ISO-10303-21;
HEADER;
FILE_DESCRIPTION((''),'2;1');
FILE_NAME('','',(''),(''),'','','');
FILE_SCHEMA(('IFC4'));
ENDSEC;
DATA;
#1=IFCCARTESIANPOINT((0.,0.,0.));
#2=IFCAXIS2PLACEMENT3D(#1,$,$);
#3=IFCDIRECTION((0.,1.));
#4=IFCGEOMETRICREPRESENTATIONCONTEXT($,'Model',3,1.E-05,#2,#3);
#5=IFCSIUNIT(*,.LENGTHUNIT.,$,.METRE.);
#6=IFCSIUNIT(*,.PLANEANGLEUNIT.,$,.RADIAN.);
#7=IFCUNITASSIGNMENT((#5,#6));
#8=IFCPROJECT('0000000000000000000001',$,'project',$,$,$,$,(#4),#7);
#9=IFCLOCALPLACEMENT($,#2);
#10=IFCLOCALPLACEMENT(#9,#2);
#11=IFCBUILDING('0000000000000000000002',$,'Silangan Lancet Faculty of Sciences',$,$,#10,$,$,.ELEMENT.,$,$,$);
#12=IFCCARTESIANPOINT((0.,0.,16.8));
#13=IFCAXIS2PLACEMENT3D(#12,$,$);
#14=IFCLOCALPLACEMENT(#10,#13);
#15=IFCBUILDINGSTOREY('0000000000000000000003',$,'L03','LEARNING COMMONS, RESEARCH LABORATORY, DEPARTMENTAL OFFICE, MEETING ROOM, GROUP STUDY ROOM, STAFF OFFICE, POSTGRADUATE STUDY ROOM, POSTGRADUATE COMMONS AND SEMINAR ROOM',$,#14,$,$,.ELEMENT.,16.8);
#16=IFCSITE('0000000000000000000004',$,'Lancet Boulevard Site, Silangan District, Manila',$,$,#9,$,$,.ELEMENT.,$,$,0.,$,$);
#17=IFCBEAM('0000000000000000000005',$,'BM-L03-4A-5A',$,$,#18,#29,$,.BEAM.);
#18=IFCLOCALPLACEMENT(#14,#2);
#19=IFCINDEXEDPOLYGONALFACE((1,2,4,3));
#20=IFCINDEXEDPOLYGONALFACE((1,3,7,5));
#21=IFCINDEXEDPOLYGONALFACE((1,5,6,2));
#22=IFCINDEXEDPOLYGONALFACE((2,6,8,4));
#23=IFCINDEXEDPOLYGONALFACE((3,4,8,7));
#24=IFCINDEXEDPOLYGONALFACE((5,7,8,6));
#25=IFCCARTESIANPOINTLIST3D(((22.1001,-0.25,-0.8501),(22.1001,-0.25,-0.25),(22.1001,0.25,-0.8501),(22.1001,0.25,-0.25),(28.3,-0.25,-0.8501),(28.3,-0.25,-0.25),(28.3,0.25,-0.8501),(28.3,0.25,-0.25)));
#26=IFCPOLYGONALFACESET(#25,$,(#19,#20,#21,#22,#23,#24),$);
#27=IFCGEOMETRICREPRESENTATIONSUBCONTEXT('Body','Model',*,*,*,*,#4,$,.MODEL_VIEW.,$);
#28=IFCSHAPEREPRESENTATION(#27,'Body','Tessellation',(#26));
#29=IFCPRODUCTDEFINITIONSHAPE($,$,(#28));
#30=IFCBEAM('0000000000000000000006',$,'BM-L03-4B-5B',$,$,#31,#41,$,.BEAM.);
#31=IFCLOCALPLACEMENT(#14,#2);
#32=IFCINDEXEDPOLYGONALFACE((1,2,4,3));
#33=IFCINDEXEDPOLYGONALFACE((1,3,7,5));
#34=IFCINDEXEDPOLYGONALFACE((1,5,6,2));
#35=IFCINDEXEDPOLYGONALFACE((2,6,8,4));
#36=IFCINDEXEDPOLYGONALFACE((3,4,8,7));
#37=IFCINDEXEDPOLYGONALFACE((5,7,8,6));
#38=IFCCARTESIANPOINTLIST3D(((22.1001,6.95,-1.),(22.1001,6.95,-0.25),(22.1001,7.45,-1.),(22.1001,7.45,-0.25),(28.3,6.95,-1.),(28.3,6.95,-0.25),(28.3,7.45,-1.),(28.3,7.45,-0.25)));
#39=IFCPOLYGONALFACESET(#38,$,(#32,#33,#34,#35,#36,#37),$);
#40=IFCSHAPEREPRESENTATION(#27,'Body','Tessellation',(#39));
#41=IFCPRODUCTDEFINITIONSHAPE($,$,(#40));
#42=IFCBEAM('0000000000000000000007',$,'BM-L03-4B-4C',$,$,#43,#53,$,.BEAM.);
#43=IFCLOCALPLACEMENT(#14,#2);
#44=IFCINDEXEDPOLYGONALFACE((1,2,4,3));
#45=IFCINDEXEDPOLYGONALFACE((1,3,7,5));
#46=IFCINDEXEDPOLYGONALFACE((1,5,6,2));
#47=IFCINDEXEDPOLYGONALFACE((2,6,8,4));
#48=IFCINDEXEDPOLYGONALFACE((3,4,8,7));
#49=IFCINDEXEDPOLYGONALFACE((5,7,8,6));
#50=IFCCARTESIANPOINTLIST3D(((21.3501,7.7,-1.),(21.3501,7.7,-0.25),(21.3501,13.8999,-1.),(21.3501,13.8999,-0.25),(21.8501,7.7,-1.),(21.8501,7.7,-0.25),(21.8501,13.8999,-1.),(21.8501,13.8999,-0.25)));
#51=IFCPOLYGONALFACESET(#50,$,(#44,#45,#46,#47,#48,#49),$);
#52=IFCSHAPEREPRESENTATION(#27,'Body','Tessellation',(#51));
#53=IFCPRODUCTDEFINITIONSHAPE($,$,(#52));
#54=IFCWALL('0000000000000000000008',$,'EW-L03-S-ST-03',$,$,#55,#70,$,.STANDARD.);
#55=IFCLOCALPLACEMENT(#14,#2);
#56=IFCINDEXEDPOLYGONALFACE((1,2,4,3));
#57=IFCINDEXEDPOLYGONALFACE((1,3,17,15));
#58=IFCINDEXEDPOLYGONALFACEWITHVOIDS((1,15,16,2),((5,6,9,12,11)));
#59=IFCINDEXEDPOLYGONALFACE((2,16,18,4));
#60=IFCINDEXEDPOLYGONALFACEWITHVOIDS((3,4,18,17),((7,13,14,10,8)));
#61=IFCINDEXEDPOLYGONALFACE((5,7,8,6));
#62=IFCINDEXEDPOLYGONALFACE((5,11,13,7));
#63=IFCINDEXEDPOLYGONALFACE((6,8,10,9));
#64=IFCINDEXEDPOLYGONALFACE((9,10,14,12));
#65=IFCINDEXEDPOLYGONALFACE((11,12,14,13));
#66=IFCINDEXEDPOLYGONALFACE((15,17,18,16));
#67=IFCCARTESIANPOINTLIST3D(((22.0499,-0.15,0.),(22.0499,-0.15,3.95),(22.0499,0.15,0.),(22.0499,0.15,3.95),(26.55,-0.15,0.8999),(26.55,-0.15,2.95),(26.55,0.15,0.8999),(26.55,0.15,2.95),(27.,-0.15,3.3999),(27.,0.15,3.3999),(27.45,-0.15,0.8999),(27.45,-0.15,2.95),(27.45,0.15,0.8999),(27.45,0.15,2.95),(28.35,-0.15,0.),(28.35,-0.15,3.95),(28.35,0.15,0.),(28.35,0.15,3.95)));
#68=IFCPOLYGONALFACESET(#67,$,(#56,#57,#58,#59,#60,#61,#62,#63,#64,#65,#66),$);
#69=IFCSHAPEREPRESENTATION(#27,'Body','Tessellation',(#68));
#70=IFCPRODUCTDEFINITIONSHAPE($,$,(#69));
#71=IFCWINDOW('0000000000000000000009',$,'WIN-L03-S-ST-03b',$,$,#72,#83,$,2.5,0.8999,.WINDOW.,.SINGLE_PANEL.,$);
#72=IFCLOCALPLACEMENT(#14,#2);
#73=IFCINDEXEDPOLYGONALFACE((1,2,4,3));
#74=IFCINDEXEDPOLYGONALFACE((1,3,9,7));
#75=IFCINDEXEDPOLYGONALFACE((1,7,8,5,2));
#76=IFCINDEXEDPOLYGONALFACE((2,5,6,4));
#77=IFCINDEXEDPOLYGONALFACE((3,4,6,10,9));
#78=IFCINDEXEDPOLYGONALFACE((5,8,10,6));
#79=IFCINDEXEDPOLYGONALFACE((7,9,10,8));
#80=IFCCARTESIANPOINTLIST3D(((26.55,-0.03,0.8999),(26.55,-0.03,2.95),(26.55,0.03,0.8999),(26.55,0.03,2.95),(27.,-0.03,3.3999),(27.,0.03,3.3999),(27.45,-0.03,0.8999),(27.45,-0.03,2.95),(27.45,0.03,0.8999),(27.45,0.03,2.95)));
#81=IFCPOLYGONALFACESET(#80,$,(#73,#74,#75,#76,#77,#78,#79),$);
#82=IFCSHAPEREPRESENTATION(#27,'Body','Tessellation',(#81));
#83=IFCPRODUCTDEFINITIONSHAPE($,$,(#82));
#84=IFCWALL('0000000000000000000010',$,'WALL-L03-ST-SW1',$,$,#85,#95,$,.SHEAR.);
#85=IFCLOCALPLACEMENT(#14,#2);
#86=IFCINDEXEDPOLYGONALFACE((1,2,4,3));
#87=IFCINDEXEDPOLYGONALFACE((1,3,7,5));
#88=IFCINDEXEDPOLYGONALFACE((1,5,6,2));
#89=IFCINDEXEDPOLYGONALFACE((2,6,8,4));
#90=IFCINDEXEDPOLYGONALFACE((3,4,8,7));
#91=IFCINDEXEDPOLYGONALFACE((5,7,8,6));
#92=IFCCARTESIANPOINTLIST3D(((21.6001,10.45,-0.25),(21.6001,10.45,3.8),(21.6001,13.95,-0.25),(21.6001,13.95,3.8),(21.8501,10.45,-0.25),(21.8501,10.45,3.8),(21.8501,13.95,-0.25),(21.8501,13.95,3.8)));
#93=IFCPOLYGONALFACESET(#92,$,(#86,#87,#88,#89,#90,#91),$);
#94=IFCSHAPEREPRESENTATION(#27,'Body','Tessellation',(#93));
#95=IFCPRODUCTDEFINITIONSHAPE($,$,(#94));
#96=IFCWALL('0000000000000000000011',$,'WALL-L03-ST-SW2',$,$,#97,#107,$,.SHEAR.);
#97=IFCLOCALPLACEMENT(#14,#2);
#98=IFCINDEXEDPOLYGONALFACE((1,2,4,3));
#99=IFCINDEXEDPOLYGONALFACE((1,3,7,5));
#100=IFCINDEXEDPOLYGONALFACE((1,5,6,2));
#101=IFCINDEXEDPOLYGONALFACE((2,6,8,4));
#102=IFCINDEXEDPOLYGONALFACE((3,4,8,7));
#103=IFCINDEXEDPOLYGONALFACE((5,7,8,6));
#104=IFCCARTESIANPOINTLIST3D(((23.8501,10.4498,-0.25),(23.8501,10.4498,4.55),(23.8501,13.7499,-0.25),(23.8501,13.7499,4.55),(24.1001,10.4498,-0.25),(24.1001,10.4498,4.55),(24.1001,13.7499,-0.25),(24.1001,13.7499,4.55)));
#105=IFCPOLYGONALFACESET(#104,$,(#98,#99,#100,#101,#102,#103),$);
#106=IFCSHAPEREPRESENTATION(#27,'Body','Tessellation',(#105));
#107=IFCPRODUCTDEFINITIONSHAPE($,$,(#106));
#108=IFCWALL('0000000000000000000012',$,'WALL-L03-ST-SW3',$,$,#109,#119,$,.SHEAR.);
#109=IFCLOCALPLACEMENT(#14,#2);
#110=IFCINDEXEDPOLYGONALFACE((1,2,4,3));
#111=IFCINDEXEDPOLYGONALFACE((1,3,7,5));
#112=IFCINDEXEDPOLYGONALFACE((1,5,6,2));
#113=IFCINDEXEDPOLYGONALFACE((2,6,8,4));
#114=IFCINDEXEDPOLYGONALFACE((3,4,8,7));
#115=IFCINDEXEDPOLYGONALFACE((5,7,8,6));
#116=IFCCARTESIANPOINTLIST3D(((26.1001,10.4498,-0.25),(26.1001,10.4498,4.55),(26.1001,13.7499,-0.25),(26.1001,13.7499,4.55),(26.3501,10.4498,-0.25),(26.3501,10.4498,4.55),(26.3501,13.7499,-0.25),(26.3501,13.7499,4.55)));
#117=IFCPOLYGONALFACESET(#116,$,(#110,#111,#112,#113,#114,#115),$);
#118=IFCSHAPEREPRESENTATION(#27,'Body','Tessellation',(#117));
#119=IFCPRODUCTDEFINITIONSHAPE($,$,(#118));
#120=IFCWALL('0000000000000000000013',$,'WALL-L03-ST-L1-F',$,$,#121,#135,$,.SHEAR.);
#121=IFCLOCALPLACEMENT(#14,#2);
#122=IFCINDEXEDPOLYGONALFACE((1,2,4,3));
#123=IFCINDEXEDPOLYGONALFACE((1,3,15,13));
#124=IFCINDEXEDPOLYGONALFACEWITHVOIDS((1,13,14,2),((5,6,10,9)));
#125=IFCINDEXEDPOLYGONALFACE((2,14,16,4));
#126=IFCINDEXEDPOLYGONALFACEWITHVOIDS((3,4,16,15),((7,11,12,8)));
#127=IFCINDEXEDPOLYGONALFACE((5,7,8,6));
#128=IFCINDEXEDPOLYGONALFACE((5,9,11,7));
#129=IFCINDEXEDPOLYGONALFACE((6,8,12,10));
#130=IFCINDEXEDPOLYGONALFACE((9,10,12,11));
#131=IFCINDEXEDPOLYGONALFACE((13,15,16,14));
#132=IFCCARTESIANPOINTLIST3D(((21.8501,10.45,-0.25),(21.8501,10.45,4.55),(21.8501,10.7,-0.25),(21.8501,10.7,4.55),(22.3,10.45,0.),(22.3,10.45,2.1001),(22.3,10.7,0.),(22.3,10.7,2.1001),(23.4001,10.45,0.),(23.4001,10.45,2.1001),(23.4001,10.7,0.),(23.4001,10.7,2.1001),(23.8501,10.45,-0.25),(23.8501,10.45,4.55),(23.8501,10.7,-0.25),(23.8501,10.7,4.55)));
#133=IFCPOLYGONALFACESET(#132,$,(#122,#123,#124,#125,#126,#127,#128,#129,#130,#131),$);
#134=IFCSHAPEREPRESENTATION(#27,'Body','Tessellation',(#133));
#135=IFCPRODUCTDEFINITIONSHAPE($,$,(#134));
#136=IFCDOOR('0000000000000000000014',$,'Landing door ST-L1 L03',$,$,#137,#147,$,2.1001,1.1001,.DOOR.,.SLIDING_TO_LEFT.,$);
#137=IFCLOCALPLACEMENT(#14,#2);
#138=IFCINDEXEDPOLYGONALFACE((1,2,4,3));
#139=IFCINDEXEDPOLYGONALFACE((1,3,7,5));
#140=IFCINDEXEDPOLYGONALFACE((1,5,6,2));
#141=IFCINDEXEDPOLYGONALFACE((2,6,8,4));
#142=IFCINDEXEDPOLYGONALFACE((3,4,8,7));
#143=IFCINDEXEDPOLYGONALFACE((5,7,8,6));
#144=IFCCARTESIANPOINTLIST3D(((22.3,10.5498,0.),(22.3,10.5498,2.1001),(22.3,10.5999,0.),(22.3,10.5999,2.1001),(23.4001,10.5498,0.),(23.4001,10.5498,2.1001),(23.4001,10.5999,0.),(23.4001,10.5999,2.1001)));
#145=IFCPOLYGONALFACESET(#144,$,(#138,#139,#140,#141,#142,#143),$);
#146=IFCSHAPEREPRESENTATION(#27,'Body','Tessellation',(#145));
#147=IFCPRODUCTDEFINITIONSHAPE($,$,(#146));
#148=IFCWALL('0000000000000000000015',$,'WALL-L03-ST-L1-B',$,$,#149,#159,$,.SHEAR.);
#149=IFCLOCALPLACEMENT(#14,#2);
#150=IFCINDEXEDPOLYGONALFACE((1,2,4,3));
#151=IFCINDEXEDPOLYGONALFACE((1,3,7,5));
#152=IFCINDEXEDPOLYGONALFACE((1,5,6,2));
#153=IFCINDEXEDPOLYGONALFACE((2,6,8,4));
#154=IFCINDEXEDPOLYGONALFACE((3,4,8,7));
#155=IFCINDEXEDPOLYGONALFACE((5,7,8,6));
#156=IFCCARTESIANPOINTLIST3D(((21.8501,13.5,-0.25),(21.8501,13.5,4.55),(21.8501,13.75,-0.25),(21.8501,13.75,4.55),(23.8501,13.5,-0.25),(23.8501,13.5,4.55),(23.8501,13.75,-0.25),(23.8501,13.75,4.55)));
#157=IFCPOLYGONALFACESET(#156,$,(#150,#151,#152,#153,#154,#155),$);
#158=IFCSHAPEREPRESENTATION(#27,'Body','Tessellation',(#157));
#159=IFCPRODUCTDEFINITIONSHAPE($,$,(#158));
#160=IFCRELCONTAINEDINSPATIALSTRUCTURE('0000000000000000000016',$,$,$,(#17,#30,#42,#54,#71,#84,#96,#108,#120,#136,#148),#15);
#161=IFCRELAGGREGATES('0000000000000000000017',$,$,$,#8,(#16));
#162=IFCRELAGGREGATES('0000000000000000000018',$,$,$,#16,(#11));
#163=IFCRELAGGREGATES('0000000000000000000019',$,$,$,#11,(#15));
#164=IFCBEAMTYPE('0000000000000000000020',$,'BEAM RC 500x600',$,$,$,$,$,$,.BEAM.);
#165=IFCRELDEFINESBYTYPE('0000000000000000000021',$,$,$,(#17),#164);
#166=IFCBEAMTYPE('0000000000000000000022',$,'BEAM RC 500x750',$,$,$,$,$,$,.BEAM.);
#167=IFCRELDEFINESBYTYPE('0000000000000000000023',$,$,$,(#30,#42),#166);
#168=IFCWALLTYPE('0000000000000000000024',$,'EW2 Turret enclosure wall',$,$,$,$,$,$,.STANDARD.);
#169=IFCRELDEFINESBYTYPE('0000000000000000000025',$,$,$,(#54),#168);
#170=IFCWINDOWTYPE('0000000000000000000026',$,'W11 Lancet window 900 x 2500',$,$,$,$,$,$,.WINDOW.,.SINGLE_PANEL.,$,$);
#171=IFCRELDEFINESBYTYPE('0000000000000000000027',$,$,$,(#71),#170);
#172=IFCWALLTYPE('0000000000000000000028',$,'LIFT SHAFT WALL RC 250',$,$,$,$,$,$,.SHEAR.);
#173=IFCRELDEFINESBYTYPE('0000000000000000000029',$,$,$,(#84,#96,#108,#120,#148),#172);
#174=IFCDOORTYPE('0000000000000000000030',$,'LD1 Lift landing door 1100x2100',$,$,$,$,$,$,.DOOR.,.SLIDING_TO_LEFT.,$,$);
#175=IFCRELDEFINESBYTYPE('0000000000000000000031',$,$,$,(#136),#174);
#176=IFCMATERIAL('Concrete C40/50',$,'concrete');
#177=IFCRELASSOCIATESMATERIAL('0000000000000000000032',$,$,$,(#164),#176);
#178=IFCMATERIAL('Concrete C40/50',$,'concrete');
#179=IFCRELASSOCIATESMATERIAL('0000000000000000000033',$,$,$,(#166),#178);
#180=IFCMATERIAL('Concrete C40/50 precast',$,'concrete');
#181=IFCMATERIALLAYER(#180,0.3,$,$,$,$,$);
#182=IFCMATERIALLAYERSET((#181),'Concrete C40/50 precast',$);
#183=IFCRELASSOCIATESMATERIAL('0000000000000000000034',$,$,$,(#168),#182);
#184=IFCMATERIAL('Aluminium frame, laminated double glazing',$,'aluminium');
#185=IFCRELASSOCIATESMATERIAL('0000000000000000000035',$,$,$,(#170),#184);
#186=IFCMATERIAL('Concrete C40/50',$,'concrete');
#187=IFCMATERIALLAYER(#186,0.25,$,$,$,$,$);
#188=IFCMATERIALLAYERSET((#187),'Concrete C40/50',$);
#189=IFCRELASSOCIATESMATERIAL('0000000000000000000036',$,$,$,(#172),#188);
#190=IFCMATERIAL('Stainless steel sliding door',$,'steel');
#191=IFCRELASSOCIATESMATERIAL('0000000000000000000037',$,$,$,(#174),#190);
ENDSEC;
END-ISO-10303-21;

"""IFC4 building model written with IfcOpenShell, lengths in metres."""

from ifc_helpers import new_model, si_unit, direction, frame, frame_2d, origin, origin_2d, place, context, subcontext, project, spatial, polyline, rectangle, outline, extrude, material, layer, layer_set, material_profile, profile_set, type_object, element, fill, save


model = new_model("IFC4")

# Units and contexts
model_context = context("Model", 3, precision=1e-05, world=origin(), true_north=direction((0.0, 1.0)))
body_context = subcontext(model_context, "Body", "Model", "MODEL_VIEW")
ifc_project = project(units=[si_unit("LENGTHUNIT", "METRE"), si_unit("PLANEANGLEUNIT", "RADIAN")], contexts=[model_context])

# Site, building, storey
site_placement = place(None, origin())
site = spatial("IfcSite", under=ifc_project, at=site_placement, Name="Lancet Boulevard Site, Silangan District, Manila", CompositionType="ELEMENT", RefElevation=0.0)
building_placement = place(site_placement, origin())
building = spatial("IfcBuilding", under=site, at=building_placement, Name="Silangan Lancet Faculty of Sciences", CompositionType="ELEMENT")
storey_placement = place(building_placement, frame((0.0, 0.0, 16.8)))
storey = spatial("IfcBuildingStorey", under=building, at=storey_placement, Name="L03", Description="LEARNING COMMONS, RESEARCH LABORATORY, DEPARTMENTAL OFFICE, MEETING ROOM, GROUP STUDY ROOM, STAFF OFFICE, POSTGRADUATE STUDY ROOM, POSTGRADUATE COMMONS AND SEMINAR ROOM", CompositionType="ELEMENT", Elevation=16.8)

# Beams
ifc_material_1 = material(Name="Concrete C40/50", Category="concrete")
ifc_material_profile_1 = material_profile(ifc_material_1, rectangle(XDim=0.5, YDim=0.6001, at=origin_2d()), Name="RC 500x600")
ifc_profile_set_1 = profile_set([ifc_material_profile_1], Name="Concrete C40/50")
beam_type_1 = type_object("IfcBeamType", Name="BEAM RC 500x600", PredefinedType="BEAM", material=ifc_profile_set_1)
beam_placement = place(storey_placement, frame((22.1001, 0.0, -0.55), z_axis=(1.0, 0.0, 0.0), x_axis=(0.0, 1.0, 0.0)))
element("IfcBeam", 1, at=beam_placement, inside=storey, type_object=beam_type_1, Name="BM-L03-4A-5A", PredefinedType="BEAM", context=body_context, shape_type="SweptSolid", body=[
    extrude(rectangle(XDim=0.5, YDim=0.6001, at=origin_2d()), origin(), (0.0, 0.0, 1.0), 6.2),
])
ifc_material_2 = material(Name="Concrete C40/50", Category="concrete")
ifc_material_profile_2 = material_profile(ifc_material_2, rectangle(XDim=0.5, YDim=0.75, at=origin_2d()), Name="RC 500x750")
ifc_profile_set_2 = profile_set([ifc_material_profile_2], Name="Concrete C40/50")
beam_type_2 = type_object("IfcBeamType", Name="BEAM RC 500x750", PredefinedType="BEAM", material=ifc_profile_set_2)
for number, where, z_axis, x_axis, name in (
    (2, (22.1001, 7.2, -0.625), (1.0, 0.0, 0.0), (0.0, 1.0, 0.0), "BM-L03-4B-5B"),
    (3, (21.6001, 7.7, -0.625), (0.0, 1.0, 0.0), (-1.0, 0.0, 0.0), "BM-L03-4B-4C"),
):
    element("IfcBeam", number, at=place(storey_placement, frame(where, z_axis=z_axis, x_axis=x_axis)), inside=storey, type_object=beam_type_2, Name=name, PredefinedType="BEAM", context=body_context, shape_type="SweptSolid", body=[
        extrude(rectangle(XDim=0.5, YDim=0.75, at=origin_2d()), origin(), (0.0, 0.0, 1.0), 6.2),
    ])

# Wall, opening, window
ifc_material_3 = material(Name="Concrete C40/50 precast", Category="concrete")
ifc_layer_1 = layer(ifc_material_3, 0.3)
ifc_layer_set_1 = layer_set([ifc_layer_1], Name="Concrete C40/50 precast")
wall_type_1 = type_object("IfcWallType", Name="EW2 Turret enclosure wall", PredefinedType="STANDARD", material=ifc_layer_set_1)
wall_1_placement = place(storey_placement, frame((22.05, 0.0, 0.0), z_axis=(0.0, 0.0, 1.0), x_axis=(1.0, 0.0, 0.0)))
wall_1 = element("IfcWall", 4, at=wall_1_placement, inside=storey, type_object=wall_type_1, Name="EW-L03-S-ST-03", PredefinedType="STANDARD", context=body_context, shape_type="SweptSolid", body=[
    extrude(rectangle(XDim=6.3, YDim=0.3, at=frame_2d((3.1499, 0.0))), origin(), (0.0, 0.0, 1.0), 3.95),
])
opening_1_placement = place(wall_1_placement, frame((4.5, 0.0, 0.8999)))
opening_1 = element("IfcOpeningElement", 5, at=opening_1_placement, cuts=wall_1, PredefinedType="OPENING", context=body_context, shape_type="SweptSolid", body=[
    extrude(outline(polyline([(0.0, 0.0), (0.8999, 0.0), (0.8999, 2.05), (0.45, 2.5), (0.0, 2.05), (0.0, 0.0)])), frame((0.0, 0.1599, 0.0), z_axis=(0.0, -1.0, 0.0), x_axis=(1.0, 0.0, 0.0)), (0.0, 0.0, 1.0), 0.3201),
])
ifc_material_4 = material(Name="Aluminium frame, laminated double glazing", Category="aluminium")
window_type = type_object("IfcWindowType", Name="W11 Lancet window 900 x 2500", PartitioningType="SINGLE_PANEL", PredefinedType="WINDOW", material=ifc_material_4)
window_placement = place(opening_1_placement, origin())
window = element("IfcWindow", 6, at=window_placement, inside=storey, type_object=window_type, Name="WIN-L03-S-ST-03b", OverallHeight=2.5, OverallWidth=0.8999, PartitioningType="SINGLE_PANEL", PredefinedType="WINDOW", context=body_context, shape_type="SweptSolid", body=[
    extrude(outline(polyline([(0.0, 0.0), (0.8999, 0.0), (0.8999, 2.05), (0.45, 2.5), (0.0, 2.05), (0.0, 0.0)])), frame((0.0, 0.03, 0.0), z_axis=(0.0, -1.0, 0.0), x_axis=(1.0, 0.0, 0.0)), (0.0, 0.0, 1.0), 0.0601),
])
fill(opening_1, window)

# Walls
ifc_material_5 = material(Name="Concrete C40/50", Category="concrete")
ifc_layer_2 = layer(ifc_material_5, 0.25)
ifc_layer_set_2 = layer_set([ifc_layer_2], Name="Concrete C40/50")
wall_type_2 = type_object("IfcWallType", Name="LIFT SHAFT WALL RC 250", PredefinedType="SHEAR", material=ifc_layer_set_2)
wall_2_placement = place(storey_placement, frame((21.7251, 10.45, -0.25), z_axis=(0.0, 0.0, 1.0), x_axis=(0.0, 1.0, 0.0)))
element("IfcWall", 7, at=wall_2_placement, inside=storey, type_object=wall_type_2, Name="WALL-L03-ST-SW1", PredefinedType="SHEAR", context=body_context, shape_type="SweptSolid", body=[
    extrude(rectangle(XDim=3.5, YDim=0.25, at=frame_2d((1.75, 0.0))), origin(), (0.0, 0.0, 1.0), 4.05),
])
for number, where, z_axis, x_axis, name in (
    (8, (23.9751, 10.45, -0.25), (0.0, 0.0, 1.0), (0.0, 1.0, 0.0), "WALL-L03-ST-SW2"),
    (9, (26.2251, 10.45, -0.25), (0.0, 0.0, 1.0), (0.0, 1.0, 0.0), "WALL-L03-ST-SW3"),
):
    element("IfcWall", number, at=place(storey_placement, frame(where, z_axis=z_axis, x_axis=x_axis)), inside=storey, type_object=wall_type_2, Name=name, PredefinedType="SHEAR", context=body_context, shape_type="SweptSolid", body=[
        extrude(rectangle(XDim=3.3, YDim=0.25, at=frame_2d((1.6499, 0.0))), origin(), (0.0, 0.0, 1.0), 4.8),
    ])

# Wall, opening, door
wall_3_placement = place(storey_placement, frame((21.8501, 10.575, -0.25), z_axis=(0.0, 0.0, 1.0), x_axis=(1.0, 0.0, 0.0)))
wall_3 = element("IfcWall", 10, at=wall_3_placement, inside=storey, type_object=wall_type_2, Name="WALL-L03-ST-L1-F", PredefinedType="SHEAR", context=body_context, shape_type="SweptSolid", body=[
    extrude(rectangle(XDim=2.0, YDim=0.25, at=frame_2d((1.0, 0.0))), origin(), (0.0, 0.0, 1.0), 4.8),
])
opening_2_placement = place(wall_3_placement, frame((0.45, 0.0, 0.25)))
opening_2 = element("IfcOpeningElement", 11, at=opening_2_placement, cuts=wall_3, PredefinedType="OPENING", context=body_context, shape_type="SweptSolid", body=[
    extrude(rectangle(XDim=1.1001, YDim=2.1001, at=frame_2d((0.55, 1.05))), frame((0.0, 0.135, 0.0), z_axis=(0.0, -1.0, 0.0), x_axis=(1.0, 0.0, 0.0)), (0.0, 0.0, 1.0), 0.27),
])
ifc_material_6 = material(Name="Stainless steel sliding door", Category="steel")
door_type_1 = type_object("IfcDoorType", Name="LD1 Lift landing door 1100x2100", OperationType="SLIDING_TO_LEFT", PredefinedType="DOOR", material=ifc_material_6)
door_1_placement = place(opening_2_placement, origin())
door_1 = element("IfcDoor", 12, at=door_1_placement, inside=storey, type_object=door_type_1, Name="Landing door ST-L1 L03", OperationType="SLIDING_TO_LEFT", OverallHeight=2.1001, OverallWidth=1.1001, PredefinedType="DOOR", context=body_context, shape_type="SweptSolid", body=[
    extrude(rectangle(XDim=1.1001, YDim=2.1001, at=frame_2d((0.55, 1.05))), frame((0.0, 0.0249, 0.0), z_axis=(0.0, -1.0, 0.0), x_axis=(1.0, 0.0, 0.0)), (0.0, 0.0, 1.0), 0.05),
])
fill(opening_2, door_1)

# Wall
wall_4_placement = place(storey_placement, frame((21.8501, 13.625, -0.25), z_axis=(0.0, 0.0, 1.0), x_axis=(1.0, 0.0, 0.0)))
element("IfcWall", 13, at=wall_4_placement, inside=storey, type_object=wall_type_2, Name="WALL-L03-ST-L1-B", PredefinedType="SHEAR", context=body_context, shape_type="SweptSolid", body=[
    extrude(rectangle(XDim=2.0, YDim=0.25, at=frame_2d((1.0, 0.0))), origin(), (0.0, 0.0, 1.0), 4.8),
])

save(model, "model.ifc")
